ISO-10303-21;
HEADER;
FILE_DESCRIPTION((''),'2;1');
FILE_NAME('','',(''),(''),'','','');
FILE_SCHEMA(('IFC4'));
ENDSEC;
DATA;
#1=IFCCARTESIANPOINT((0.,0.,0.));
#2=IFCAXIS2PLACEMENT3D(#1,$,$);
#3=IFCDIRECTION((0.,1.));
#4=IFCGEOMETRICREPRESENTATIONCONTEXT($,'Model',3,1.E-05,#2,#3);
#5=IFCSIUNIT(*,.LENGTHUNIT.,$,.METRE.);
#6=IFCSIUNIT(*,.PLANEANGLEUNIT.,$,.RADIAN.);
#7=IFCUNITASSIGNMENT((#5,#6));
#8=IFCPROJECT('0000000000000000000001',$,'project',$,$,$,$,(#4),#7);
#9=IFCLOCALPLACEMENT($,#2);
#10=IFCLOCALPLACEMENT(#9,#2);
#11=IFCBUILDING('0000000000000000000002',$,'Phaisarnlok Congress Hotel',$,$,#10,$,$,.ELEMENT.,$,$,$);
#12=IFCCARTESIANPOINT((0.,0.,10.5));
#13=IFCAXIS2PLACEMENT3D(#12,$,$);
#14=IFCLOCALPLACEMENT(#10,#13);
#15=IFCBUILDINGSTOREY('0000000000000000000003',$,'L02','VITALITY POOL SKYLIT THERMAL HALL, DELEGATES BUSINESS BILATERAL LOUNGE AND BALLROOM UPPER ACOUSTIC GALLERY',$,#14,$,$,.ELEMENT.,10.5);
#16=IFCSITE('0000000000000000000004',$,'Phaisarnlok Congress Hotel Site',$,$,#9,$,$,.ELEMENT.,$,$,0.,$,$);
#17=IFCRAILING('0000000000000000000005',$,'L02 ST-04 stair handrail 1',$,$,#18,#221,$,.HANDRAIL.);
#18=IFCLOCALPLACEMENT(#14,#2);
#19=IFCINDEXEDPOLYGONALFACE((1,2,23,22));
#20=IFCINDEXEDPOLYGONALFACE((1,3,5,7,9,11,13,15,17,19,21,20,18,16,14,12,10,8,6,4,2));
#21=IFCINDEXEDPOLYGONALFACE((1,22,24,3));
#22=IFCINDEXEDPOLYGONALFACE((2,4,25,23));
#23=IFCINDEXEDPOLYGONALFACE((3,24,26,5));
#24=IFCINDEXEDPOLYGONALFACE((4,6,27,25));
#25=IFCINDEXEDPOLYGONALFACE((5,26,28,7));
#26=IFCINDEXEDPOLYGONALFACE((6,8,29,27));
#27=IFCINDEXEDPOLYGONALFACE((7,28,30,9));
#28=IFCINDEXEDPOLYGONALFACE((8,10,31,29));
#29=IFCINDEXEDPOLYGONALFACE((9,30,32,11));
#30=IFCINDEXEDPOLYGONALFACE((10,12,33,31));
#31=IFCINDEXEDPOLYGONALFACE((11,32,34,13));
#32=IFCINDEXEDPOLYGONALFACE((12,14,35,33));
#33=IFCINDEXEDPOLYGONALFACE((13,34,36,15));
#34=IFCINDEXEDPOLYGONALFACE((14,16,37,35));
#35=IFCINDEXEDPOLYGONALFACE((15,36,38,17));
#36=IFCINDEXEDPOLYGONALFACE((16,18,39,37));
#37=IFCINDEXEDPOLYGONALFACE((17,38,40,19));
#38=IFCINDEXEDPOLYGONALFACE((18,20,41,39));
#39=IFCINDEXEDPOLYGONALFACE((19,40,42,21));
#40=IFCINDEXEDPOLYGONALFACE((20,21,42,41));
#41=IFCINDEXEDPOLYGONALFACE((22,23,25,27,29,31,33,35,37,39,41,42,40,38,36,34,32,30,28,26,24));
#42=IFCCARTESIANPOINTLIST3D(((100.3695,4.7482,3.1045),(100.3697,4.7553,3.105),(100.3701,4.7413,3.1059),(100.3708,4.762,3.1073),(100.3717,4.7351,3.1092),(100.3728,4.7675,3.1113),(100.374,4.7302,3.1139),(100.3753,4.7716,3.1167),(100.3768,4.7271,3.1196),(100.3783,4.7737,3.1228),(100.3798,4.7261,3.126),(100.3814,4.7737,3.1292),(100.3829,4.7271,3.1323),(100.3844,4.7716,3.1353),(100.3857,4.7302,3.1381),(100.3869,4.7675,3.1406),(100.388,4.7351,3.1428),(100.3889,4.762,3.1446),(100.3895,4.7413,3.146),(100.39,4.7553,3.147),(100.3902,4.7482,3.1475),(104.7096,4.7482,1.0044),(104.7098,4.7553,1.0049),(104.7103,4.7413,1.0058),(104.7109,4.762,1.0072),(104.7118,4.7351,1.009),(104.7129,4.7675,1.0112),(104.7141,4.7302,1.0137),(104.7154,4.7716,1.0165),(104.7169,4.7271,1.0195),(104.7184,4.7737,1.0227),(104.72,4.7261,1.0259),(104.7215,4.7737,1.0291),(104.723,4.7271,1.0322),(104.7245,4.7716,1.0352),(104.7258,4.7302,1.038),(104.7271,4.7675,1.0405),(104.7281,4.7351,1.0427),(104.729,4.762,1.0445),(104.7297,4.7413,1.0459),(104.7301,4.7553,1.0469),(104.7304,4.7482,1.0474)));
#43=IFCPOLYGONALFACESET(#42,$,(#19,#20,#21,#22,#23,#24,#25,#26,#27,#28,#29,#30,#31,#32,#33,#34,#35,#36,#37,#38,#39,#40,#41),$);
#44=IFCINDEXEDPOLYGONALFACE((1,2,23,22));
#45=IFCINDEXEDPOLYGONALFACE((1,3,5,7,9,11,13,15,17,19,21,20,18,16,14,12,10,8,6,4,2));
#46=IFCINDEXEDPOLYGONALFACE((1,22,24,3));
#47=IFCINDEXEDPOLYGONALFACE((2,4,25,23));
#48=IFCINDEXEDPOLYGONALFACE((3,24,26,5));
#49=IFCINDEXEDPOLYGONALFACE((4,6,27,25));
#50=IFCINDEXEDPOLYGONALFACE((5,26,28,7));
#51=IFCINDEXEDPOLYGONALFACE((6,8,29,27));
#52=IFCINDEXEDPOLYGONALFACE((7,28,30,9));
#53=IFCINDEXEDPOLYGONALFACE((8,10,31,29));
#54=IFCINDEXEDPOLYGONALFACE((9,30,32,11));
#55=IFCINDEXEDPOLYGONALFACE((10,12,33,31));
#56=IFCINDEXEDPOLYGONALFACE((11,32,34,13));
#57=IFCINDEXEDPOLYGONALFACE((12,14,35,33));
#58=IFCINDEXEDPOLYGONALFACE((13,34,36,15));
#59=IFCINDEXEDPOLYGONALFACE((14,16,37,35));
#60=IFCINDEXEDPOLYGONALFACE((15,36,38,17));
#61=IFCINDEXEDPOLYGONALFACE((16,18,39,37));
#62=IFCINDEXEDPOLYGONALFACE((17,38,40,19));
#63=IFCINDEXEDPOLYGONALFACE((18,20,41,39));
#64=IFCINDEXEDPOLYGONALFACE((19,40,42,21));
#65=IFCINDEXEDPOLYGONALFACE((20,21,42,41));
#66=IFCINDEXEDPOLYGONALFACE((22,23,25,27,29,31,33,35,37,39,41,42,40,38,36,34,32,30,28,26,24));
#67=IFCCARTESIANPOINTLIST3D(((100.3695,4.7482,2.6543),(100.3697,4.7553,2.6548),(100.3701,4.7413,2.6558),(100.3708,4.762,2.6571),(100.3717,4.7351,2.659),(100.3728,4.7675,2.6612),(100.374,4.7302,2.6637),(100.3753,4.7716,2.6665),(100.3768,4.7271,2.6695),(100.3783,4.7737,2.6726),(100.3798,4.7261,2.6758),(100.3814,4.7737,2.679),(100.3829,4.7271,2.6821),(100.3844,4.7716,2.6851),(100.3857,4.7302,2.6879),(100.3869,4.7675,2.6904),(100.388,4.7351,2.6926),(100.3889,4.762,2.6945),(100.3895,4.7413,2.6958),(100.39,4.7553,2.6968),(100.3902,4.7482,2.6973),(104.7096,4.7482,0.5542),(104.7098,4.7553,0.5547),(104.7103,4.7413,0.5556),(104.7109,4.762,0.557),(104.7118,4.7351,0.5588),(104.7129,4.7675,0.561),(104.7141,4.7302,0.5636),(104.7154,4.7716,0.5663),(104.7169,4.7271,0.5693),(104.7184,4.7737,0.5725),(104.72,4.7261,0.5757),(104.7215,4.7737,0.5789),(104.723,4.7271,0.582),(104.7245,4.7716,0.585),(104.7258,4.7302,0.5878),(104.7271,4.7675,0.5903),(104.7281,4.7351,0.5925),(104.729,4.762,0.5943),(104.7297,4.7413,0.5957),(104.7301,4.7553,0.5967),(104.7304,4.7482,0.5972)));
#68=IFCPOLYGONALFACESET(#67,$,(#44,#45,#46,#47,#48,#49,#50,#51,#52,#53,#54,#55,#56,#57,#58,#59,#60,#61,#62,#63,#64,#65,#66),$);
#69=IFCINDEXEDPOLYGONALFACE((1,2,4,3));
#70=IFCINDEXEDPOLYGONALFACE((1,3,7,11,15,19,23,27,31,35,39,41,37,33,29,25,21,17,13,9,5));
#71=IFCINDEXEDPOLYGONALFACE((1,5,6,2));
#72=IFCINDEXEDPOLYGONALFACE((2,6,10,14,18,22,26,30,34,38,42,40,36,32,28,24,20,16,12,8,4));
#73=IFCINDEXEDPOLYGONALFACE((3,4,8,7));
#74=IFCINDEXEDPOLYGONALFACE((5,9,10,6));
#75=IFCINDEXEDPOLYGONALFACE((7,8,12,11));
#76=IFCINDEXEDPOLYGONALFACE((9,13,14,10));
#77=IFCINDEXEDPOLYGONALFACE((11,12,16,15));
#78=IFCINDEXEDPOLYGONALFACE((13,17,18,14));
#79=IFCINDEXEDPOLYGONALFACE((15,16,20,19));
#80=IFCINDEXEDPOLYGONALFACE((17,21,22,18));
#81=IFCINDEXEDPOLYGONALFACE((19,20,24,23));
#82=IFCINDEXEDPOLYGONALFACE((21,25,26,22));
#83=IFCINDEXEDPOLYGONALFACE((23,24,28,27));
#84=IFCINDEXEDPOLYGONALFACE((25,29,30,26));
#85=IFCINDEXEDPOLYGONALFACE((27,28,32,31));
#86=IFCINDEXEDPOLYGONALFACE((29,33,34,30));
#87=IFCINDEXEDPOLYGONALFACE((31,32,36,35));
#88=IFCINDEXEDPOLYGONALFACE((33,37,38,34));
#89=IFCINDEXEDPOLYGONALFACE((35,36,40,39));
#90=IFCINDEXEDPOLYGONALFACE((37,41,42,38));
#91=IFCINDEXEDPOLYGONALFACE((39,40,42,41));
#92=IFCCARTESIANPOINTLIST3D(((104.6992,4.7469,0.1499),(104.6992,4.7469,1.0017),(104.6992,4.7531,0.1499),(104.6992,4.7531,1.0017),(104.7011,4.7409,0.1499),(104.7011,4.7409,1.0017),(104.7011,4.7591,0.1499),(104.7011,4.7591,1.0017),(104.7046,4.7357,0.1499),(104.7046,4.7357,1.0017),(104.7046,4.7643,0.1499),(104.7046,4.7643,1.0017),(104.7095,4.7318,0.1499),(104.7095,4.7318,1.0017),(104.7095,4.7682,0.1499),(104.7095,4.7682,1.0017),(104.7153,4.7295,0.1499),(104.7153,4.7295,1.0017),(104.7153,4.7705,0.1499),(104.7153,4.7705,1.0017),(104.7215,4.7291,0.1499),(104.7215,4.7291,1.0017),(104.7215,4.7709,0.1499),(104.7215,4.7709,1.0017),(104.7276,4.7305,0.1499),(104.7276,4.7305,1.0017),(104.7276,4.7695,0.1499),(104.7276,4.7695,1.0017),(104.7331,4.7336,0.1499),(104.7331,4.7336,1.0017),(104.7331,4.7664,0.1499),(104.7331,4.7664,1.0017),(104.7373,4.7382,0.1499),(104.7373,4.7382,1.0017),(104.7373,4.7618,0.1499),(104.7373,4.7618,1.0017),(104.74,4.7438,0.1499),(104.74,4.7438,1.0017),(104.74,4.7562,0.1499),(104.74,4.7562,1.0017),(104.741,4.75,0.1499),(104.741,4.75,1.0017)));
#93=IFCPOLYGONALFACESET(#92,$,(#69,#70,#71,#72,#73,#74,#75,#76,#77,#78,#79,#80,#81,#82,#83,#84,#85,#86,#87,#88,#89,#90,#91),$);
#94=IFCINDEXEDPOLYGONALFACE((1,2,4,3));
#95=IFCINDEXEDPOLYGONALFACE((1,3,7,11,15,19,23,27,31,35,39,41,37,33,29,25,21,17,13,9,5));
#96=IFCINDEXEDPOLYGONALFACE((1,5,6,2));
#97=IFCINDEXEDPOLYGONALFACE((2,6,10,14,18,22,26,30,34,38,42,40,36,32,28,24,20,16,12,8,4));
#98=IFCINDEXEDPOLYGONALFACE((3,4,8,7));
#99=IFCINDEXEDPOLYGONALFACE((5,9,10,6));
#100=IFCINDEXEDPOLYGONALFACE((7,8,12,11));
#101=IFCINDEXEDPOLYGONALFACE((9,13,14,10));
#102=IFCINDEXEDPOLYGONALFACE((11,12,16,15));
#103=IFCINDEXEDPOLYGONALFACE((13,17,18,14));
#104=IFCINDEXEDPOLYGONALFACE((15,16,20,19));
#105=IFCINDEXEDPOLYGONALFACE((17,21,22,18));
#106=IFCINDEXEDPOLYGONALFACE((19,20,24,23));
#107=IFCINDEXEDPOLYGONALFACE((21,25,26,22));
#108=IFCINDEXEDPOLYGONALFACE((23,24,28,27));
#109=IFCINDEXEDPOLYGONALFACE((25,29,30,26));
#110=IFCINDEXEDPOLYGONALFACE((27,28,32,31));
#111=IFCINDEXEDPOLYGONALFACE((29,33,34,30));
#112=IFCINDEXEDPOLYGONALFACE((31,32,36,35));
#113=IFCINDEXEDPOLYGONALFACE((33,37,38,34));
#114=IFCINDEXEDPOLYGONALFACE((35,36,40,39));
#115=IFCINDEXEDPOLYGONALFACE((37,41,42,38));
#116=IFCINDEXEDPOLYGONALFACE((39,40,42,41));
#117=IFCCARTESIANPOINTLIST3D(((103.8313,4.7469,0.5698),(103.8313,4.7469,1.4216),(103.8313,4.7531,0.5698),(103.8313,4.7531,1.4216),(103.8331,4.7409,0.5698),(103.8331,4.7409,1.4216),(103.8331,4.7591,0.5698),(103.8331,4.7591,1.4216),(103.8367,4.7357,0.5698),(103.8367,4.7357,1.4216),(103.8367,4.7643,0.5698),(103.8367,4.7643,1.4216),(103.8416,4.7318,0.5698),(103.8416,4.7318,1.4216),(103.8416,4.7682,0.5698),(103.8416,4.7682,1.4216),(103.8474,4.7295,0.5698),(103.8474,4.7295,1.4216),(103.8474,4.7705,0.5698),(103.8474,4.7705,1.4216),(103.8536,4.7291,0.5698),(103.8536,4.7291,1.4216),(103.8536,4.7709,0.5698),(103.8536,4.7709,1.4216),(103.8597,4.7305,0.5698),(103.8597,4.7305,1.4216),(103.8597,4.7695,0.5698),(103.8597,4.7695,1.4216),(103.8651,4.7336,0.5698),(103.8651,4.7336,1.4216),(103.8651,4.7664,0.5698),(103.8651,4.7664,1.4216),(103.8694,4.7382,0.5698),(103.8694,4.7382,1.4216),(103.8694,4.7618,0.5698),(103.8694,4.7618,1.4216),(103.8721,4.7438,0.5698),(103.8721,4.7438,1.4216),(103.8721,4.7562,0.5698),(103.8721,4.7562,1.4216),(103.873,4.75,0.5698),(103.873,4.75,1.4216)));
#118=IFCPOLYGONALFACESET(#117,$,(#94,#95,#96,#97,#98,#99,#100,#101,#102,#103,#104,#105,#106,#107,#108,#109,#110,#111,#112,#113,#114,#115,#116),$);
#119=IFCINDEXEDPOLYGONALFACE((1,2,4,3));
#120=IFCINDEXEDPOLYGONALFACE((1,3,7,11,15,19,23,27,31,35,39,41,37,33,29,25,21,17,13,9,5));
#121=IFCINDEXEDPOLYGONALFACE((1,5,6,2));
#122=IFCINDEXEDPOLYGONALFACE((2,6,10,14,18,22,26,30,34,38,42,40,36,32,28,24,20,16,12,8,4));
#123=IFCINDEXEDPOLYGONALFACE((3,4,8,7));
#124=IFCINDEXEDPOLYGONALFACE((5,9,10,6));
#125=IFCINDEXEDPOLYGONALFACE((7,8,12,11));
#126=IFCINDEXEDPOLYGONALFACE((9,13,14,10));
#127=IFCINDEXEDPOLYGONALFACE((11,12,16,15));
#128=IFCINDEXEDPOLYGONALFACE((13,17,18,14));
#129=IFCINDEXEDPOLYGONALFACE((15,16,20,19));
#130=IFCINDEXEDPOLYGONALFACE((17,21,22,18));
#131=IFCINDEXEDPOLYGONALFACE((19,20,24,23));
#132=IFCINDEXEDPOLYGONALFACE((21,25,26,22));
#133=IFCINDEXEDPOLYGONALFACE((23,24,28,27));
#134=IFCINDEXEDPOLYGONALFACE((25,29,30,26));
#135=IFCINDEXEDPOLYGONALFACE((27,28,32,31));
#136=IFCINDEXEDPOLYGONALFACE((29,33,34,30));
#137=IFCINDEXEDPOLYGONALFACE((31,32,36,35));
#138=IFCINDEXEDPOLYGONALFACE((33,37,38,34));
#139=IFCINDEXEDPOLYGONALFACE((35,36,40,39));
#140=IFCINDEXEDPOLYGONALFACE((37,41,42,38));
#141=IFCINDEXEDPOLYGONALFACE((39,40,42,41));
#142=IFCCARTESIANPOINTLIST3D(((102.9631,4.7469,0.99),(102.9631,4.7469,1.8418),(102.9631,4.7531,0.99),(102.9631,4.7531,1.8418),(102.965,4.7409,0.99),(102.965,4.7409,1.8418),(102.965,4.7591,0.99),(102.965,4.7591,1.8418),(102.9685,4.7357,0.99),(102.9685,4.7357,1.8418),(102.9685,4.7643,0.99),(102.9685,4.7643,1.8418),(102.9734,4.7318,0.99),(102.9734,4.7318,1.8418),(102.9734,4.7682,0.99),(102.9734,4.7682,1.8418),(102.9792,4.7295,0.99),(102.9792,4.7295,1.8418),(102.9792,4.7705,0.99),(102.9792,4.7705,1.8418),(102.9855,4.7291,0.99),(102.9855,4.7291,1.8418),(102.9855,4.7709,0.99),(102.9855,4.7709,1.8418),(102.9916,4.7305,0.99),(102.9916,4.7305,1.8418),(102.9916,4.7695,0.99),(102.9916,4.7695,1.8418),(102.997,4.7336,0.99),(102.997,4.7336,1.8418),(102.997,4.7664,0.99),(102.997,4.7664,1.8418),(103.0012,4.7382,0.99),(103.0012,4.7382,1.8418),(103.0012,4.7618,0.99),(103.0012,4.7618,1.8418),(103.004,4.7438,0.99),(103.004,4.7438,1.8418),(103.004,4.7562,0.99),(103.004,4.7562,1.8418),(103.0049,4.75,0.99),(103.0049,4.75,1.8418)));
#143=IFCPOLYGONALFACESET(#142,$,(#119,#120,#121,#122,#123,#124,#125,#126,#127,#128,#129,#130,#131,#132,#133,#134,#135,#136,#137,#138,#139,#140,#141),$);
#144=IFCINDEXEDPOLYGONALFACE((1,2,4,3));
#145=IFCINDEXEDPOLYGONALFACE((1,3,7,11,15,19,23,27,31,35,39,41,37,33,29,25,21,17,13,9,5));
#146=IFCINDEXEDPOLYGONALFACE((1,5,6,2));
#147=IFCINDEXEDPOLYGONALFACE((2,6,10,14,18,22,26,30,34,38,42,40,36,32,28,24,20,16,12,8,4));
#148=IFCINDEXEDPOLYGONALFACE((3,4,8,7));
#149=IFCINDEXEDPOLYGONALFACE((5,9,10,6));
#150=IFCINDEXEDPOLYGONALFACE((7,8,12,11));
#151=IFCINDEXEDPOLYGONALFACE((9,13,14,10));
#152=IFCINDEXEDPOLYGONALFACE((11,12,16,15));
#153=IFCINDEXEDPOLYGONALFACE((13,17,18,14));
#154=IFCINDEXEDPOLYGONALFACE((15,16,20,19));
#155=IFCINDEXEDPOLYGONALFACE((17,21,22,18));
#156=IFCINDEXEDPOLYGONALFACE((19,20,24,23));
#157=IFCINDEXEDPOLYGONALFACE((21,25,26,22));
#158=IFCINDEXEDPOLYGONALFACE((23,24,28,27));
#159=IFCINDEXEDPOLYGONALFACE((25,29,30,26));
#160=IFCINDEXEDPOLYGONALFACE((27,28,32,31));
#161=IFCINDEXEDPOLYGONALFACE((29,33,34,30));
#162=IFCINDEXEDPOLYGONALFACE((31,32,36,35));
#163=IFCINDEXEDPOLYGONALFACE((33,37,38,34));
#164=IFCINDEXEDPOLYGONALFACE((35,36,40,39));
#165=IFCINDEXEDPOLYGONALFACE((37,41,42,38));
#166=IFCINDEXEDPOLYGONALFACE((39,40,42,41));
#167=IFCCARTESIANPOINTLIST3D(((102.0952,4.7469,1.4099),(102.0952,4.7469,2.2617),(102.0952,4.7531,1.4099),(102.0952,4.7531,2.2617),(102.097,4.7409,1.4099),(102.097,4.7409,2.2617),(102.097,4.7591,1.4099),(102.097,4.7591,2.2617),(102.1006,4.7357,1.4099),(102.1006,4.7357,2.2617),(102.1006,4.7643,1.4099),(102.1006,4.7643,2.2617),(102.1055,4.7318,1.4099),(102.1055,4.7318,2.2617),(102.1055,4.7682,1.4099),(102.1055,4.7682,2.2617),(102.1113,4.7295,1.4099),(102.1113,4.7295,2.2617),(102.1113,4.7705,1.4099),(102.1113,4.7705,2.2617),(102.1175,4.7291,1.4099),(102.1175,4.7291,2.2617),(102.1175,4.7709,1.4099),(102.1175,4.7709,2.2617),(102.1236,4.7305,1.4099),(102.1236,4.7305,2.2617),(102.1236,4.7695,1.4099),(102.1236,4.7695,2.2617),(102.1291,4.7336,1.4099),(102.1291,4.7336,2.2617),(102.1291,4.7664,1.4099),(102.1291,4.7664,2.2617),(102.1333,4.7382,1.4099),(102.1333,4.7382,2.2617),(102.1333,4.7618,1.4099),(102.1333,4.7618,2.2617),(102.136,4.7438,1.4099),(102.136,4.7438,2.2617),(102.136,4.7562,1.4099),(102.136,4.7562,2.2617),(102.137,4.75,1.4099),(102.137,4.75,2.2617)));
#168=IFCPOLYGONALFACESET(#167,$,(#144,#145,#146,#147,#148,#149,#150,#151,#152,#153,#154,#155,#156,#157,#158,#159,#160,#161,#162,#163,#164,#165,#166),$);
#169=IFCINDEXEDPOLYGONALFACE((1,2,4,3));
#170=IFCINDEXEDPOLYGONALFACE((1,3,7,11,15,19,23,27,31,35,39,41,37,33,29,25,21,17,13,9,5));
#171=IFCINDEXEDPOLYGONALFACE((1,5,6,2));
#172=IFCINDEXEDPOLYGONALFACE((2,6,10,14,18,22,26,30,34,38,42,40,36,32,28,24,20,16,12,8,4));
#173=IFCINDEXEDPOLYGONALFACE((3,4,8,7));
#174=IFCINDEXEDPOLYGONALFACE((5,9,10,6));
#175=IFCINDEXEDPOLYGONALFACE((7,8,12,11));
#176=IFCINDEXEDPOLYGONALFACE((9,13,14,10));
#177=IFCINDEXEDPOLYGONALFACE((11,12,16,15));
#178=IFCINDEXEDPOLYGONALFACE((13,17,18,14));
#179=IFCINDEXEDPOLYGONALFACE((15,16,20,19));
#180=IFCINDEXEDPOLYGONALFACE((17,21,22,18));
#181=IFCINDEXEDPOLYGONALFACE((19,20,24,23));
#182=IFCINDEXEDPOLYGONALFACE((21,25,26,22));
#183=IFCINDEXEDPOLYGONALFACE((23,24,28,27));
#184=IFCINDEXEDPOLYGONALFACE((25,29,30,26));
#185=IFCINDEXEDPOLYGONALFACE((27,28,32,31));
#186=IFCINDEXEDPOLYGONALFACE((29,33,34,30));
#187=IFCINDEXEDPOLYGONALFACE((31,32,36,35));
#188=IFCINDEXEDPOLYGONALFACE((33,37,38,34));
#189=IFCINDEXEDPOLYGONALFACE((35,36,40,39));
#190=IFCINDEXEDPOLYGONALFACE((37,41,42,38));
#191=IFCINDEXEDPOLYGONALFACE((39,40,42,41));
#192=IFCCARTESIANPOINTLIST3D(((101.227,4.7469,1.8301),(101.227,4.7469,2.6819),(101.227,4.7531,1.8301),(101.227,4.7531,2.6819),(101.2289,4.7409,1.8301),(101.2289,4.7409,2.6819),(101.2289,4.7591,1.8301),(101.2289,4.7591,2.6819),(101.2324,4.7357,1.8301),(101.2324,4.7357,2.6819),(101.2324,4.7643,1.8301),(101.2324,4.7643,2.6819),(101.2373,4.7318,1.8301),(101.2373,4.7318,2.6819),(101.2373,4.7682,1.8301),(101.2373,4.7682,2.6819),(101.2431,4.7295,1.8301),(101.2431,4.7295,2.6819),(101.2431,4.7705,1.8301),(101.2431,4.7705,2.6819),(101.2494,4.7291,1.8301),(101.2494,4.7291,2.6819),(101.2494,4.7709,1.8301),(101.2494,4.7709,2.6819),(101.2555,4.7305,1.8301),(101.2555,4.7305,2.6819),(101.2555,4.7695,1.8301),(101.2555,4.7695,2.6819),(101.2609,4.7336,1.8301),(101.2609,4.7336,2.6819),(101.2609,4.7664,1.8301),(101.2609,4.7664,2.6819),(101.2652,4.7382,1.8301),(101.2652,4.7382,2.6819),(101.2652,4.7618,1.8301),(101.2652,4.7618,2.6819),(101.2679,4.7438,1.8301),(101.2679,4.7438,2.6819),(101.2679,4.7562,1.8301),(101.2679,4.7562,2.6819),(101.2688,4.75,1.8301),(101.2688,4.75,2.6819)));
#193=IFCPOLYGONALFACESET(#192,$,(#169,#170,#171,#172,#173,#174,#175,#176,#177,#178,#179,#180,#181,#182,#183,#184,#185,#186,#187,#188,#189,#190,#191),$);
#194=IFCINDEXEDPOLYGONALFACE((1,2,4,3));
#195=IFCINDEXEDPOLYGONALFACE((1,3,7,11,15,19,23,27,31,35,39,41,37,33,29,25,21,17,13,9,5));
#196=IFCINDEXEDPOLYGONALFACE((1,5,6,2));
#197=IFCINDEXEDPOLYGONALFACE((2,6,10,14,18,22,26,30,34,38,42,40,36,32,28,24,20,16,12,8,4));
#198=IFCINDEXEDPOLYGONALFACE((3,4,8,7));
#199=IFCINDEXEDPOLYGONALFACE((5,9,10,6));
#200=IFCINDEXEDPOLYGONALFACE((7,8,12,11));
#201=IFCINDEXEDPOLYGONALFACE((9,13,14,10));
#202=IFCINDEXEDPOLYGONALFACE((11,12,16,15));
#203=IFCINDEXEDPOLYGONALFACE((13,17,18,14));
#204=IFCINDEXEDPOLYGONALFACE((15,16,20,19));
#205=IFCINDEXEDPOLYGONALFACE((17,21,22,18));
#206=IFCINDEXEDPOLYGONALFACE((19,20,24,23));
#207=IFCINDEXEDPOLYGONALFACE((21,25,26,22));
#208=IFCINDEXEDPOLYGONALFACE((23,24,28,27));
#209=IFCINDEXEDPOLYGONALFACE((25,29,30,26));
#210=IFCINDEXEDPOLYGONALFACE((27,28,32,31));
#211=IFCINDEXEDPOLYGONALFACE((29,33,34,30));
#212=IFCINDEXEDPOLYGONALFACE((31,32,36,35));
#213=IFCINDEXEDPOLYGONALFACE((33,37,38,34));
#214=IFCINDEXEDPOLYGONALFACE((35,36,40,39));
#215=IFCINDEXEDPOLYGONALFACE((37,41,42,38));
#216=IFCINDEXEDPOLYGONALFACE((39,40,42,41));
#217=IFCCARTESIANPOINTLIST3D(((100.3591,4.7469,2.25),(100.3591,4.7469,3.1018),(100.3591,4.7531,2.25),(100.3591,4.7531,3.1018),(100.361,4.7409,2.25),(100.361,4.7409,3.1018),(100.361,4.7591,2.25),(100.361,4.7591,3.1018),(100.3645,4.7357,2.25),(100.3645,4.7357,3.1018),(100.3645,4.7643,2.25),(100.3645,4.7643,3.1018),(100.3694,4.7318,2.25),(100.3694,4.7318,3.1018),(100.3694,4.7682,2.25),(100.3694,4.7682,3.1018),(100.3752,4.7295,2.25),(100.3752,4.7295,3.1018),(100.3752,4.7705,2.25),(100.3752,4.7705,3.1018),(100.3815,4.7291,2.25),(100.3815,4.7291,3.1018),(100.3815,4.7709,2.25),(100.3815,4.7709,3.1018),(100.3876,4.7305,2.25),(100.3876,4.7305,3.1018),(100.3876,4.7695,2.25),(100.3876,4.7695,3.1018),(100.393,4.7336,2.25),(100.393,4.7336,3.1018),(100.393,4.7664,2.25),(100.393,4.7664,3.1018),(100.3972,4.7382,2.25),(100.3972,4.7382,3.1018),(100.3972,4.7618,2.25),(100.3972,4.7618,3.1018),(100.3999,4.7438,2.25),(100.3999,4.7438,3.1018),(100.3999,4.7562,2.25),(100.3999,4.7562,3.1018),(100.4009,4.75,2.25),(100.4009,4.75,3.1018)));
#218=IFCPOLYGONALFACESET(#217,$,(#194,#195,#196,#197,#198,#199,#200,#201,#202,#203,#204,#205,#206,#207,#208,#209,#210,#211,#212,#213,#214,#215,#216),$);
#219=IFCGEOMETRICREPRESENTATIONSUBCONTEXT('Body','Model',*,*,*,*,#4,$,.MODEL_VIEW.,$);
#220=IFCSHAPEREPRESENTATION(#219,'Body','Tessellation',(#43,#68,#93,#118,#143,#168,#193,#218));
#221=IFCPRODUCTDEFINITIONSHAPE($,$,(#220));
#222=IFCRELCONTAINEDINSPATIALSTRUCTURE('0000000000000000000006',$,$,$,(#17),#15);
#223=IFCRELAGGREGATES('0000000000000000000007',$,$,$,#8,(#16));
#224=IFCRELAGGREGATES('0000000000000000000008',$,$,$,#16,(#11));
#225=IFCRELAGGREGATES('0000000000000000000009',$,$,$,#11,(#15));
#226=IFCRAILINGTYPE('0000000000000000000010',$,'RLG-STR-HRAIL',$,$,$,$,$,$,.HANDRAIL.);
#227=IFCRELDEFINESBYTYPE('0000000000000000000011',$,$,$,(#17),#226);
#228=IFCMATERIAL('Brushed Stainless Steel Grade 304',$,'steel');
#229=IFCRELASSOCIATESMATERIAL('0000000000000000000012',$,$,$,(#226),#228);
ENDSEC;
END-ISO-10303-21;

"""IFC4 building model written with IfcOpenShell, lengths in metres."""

from ifc_helpers import new_model, si_unit, direction, frame, origin, origin_2d, place, context, subcontext, project, spatial, circle, extrude, material, type_object, element, save


model = new_model("IFC4")

# Units and contexts
model_context = context("Model", 3, precision=1e-05, world=origin(), true_north=direction((0.0, 1.0)))
body_context = subcontext(model_context, "Body", "Model", "MODEL_VIEW")
ifc_project = project(units=[si_unit("LENGTHUNIT", "METRE"), si_unit("PLANEANGLEUNIT", "RADIAN")], contexts=[model_context])

# Site, building, storey
site_placement = place(None, origin())
site = spatial("IfcSite", under=ifc_project, at=site_placement, Name="Phaisarnlok Congress Hotel Site", CompositionType="ELEMENT", RefElevation=0.0)
building_placement = place(site_placement, origin())
building = spatial("IfcBuilding", under=site, at=building_placement, Name="Phaisarnlok Congress Hotel", CompositionType="ELEMENT")
storey_placement = place(building_placement, frame((0.0, 0.0, 10.5)))
storey = spatial("IfcBuildingStorey", under=building, at=storey_placement, Name="L02", Description="VITALITY POOL SKYLIT THERMAL HALL, DELEGATES BUSINESS BILATERAL LOUNGE AND BALLROOM UPPER ACOUSTIC GALLERY", CompositionType="ELEMENT", Elevation=10.5)

# Railing
ifc_material_1 = material(Name="Brushed Stainless Steel Grade 304", Category="steel")
railing_type_1 = type_object("IfcRailingType", Name="RLG-STR-HRAIL", PredefinedType="HANDRAIL", material=ifc_material_1)
railing_1_placement = place(storey_placement, frame((104.72, 4.75, 0.1499)))
element("IfcRailing", 1, at=railing_1_placement, inside=storey, type_object=railing_type_1, Name="L02 ST-04 stair handrail 1", PredefinedType="HANDRAIL", context=body_context, shape_type="SweptSolid", body=[
    extrude(circle(Radius=0.0239, at=origin_2d()), frame((0.0, 0.0, 0.876), z_axis=(-0.900155, 0.0, 0.43557), x_axis=(0.0, -1.0, 0.0)), (0.0, 0.0, 1.0), 4.8215),
    extrude(circle(Radius=0.0239, at=origin_2d()), frame((0.0, 0.0, 0.4258), z_axis=(-0.900155, 0.0, 0.43557), x_axis=(0.0, -1.0, 0.0)), (0.0, 0.0, 1.0), 4.8215),
    extrude(circle(Radius=0.021, at=origin_2d()), origin(), (0.0, 0.0, 1.0), 0.8518),
    extrude(circle(Radius=0.021, at=origin_2d()), frame((-0.8679, 0.0, 0.4199)), (0.0, 0.0, 1.0), 0.8518),
    extrude(circle(Radius=0.021, at=origin_2d()), frame((-1.7361, 0.0, 0.8401)), (0.0, 0.0, 1.0), 0.8518),
    extrude(circle(Radius=0.021, at=origin_2d()), frame((-2.604, 0.0, 1.26)), (0.0, 0.0, 1.0), 0.8518),
    extrude(circle(Radius=0.021, at=origin_2d()), frame((-3.4722, 0.0, 1.6802)), (0.0, 0.0, 1.0), 0.8518),
    extrude(circle(Radius=0.021, at=origin_2d()), frame((-4.3401, 0.0, 2.1001)), (0.0, 0.0, 1.0), 0.8518),
])

save(model, "model.ifc")
